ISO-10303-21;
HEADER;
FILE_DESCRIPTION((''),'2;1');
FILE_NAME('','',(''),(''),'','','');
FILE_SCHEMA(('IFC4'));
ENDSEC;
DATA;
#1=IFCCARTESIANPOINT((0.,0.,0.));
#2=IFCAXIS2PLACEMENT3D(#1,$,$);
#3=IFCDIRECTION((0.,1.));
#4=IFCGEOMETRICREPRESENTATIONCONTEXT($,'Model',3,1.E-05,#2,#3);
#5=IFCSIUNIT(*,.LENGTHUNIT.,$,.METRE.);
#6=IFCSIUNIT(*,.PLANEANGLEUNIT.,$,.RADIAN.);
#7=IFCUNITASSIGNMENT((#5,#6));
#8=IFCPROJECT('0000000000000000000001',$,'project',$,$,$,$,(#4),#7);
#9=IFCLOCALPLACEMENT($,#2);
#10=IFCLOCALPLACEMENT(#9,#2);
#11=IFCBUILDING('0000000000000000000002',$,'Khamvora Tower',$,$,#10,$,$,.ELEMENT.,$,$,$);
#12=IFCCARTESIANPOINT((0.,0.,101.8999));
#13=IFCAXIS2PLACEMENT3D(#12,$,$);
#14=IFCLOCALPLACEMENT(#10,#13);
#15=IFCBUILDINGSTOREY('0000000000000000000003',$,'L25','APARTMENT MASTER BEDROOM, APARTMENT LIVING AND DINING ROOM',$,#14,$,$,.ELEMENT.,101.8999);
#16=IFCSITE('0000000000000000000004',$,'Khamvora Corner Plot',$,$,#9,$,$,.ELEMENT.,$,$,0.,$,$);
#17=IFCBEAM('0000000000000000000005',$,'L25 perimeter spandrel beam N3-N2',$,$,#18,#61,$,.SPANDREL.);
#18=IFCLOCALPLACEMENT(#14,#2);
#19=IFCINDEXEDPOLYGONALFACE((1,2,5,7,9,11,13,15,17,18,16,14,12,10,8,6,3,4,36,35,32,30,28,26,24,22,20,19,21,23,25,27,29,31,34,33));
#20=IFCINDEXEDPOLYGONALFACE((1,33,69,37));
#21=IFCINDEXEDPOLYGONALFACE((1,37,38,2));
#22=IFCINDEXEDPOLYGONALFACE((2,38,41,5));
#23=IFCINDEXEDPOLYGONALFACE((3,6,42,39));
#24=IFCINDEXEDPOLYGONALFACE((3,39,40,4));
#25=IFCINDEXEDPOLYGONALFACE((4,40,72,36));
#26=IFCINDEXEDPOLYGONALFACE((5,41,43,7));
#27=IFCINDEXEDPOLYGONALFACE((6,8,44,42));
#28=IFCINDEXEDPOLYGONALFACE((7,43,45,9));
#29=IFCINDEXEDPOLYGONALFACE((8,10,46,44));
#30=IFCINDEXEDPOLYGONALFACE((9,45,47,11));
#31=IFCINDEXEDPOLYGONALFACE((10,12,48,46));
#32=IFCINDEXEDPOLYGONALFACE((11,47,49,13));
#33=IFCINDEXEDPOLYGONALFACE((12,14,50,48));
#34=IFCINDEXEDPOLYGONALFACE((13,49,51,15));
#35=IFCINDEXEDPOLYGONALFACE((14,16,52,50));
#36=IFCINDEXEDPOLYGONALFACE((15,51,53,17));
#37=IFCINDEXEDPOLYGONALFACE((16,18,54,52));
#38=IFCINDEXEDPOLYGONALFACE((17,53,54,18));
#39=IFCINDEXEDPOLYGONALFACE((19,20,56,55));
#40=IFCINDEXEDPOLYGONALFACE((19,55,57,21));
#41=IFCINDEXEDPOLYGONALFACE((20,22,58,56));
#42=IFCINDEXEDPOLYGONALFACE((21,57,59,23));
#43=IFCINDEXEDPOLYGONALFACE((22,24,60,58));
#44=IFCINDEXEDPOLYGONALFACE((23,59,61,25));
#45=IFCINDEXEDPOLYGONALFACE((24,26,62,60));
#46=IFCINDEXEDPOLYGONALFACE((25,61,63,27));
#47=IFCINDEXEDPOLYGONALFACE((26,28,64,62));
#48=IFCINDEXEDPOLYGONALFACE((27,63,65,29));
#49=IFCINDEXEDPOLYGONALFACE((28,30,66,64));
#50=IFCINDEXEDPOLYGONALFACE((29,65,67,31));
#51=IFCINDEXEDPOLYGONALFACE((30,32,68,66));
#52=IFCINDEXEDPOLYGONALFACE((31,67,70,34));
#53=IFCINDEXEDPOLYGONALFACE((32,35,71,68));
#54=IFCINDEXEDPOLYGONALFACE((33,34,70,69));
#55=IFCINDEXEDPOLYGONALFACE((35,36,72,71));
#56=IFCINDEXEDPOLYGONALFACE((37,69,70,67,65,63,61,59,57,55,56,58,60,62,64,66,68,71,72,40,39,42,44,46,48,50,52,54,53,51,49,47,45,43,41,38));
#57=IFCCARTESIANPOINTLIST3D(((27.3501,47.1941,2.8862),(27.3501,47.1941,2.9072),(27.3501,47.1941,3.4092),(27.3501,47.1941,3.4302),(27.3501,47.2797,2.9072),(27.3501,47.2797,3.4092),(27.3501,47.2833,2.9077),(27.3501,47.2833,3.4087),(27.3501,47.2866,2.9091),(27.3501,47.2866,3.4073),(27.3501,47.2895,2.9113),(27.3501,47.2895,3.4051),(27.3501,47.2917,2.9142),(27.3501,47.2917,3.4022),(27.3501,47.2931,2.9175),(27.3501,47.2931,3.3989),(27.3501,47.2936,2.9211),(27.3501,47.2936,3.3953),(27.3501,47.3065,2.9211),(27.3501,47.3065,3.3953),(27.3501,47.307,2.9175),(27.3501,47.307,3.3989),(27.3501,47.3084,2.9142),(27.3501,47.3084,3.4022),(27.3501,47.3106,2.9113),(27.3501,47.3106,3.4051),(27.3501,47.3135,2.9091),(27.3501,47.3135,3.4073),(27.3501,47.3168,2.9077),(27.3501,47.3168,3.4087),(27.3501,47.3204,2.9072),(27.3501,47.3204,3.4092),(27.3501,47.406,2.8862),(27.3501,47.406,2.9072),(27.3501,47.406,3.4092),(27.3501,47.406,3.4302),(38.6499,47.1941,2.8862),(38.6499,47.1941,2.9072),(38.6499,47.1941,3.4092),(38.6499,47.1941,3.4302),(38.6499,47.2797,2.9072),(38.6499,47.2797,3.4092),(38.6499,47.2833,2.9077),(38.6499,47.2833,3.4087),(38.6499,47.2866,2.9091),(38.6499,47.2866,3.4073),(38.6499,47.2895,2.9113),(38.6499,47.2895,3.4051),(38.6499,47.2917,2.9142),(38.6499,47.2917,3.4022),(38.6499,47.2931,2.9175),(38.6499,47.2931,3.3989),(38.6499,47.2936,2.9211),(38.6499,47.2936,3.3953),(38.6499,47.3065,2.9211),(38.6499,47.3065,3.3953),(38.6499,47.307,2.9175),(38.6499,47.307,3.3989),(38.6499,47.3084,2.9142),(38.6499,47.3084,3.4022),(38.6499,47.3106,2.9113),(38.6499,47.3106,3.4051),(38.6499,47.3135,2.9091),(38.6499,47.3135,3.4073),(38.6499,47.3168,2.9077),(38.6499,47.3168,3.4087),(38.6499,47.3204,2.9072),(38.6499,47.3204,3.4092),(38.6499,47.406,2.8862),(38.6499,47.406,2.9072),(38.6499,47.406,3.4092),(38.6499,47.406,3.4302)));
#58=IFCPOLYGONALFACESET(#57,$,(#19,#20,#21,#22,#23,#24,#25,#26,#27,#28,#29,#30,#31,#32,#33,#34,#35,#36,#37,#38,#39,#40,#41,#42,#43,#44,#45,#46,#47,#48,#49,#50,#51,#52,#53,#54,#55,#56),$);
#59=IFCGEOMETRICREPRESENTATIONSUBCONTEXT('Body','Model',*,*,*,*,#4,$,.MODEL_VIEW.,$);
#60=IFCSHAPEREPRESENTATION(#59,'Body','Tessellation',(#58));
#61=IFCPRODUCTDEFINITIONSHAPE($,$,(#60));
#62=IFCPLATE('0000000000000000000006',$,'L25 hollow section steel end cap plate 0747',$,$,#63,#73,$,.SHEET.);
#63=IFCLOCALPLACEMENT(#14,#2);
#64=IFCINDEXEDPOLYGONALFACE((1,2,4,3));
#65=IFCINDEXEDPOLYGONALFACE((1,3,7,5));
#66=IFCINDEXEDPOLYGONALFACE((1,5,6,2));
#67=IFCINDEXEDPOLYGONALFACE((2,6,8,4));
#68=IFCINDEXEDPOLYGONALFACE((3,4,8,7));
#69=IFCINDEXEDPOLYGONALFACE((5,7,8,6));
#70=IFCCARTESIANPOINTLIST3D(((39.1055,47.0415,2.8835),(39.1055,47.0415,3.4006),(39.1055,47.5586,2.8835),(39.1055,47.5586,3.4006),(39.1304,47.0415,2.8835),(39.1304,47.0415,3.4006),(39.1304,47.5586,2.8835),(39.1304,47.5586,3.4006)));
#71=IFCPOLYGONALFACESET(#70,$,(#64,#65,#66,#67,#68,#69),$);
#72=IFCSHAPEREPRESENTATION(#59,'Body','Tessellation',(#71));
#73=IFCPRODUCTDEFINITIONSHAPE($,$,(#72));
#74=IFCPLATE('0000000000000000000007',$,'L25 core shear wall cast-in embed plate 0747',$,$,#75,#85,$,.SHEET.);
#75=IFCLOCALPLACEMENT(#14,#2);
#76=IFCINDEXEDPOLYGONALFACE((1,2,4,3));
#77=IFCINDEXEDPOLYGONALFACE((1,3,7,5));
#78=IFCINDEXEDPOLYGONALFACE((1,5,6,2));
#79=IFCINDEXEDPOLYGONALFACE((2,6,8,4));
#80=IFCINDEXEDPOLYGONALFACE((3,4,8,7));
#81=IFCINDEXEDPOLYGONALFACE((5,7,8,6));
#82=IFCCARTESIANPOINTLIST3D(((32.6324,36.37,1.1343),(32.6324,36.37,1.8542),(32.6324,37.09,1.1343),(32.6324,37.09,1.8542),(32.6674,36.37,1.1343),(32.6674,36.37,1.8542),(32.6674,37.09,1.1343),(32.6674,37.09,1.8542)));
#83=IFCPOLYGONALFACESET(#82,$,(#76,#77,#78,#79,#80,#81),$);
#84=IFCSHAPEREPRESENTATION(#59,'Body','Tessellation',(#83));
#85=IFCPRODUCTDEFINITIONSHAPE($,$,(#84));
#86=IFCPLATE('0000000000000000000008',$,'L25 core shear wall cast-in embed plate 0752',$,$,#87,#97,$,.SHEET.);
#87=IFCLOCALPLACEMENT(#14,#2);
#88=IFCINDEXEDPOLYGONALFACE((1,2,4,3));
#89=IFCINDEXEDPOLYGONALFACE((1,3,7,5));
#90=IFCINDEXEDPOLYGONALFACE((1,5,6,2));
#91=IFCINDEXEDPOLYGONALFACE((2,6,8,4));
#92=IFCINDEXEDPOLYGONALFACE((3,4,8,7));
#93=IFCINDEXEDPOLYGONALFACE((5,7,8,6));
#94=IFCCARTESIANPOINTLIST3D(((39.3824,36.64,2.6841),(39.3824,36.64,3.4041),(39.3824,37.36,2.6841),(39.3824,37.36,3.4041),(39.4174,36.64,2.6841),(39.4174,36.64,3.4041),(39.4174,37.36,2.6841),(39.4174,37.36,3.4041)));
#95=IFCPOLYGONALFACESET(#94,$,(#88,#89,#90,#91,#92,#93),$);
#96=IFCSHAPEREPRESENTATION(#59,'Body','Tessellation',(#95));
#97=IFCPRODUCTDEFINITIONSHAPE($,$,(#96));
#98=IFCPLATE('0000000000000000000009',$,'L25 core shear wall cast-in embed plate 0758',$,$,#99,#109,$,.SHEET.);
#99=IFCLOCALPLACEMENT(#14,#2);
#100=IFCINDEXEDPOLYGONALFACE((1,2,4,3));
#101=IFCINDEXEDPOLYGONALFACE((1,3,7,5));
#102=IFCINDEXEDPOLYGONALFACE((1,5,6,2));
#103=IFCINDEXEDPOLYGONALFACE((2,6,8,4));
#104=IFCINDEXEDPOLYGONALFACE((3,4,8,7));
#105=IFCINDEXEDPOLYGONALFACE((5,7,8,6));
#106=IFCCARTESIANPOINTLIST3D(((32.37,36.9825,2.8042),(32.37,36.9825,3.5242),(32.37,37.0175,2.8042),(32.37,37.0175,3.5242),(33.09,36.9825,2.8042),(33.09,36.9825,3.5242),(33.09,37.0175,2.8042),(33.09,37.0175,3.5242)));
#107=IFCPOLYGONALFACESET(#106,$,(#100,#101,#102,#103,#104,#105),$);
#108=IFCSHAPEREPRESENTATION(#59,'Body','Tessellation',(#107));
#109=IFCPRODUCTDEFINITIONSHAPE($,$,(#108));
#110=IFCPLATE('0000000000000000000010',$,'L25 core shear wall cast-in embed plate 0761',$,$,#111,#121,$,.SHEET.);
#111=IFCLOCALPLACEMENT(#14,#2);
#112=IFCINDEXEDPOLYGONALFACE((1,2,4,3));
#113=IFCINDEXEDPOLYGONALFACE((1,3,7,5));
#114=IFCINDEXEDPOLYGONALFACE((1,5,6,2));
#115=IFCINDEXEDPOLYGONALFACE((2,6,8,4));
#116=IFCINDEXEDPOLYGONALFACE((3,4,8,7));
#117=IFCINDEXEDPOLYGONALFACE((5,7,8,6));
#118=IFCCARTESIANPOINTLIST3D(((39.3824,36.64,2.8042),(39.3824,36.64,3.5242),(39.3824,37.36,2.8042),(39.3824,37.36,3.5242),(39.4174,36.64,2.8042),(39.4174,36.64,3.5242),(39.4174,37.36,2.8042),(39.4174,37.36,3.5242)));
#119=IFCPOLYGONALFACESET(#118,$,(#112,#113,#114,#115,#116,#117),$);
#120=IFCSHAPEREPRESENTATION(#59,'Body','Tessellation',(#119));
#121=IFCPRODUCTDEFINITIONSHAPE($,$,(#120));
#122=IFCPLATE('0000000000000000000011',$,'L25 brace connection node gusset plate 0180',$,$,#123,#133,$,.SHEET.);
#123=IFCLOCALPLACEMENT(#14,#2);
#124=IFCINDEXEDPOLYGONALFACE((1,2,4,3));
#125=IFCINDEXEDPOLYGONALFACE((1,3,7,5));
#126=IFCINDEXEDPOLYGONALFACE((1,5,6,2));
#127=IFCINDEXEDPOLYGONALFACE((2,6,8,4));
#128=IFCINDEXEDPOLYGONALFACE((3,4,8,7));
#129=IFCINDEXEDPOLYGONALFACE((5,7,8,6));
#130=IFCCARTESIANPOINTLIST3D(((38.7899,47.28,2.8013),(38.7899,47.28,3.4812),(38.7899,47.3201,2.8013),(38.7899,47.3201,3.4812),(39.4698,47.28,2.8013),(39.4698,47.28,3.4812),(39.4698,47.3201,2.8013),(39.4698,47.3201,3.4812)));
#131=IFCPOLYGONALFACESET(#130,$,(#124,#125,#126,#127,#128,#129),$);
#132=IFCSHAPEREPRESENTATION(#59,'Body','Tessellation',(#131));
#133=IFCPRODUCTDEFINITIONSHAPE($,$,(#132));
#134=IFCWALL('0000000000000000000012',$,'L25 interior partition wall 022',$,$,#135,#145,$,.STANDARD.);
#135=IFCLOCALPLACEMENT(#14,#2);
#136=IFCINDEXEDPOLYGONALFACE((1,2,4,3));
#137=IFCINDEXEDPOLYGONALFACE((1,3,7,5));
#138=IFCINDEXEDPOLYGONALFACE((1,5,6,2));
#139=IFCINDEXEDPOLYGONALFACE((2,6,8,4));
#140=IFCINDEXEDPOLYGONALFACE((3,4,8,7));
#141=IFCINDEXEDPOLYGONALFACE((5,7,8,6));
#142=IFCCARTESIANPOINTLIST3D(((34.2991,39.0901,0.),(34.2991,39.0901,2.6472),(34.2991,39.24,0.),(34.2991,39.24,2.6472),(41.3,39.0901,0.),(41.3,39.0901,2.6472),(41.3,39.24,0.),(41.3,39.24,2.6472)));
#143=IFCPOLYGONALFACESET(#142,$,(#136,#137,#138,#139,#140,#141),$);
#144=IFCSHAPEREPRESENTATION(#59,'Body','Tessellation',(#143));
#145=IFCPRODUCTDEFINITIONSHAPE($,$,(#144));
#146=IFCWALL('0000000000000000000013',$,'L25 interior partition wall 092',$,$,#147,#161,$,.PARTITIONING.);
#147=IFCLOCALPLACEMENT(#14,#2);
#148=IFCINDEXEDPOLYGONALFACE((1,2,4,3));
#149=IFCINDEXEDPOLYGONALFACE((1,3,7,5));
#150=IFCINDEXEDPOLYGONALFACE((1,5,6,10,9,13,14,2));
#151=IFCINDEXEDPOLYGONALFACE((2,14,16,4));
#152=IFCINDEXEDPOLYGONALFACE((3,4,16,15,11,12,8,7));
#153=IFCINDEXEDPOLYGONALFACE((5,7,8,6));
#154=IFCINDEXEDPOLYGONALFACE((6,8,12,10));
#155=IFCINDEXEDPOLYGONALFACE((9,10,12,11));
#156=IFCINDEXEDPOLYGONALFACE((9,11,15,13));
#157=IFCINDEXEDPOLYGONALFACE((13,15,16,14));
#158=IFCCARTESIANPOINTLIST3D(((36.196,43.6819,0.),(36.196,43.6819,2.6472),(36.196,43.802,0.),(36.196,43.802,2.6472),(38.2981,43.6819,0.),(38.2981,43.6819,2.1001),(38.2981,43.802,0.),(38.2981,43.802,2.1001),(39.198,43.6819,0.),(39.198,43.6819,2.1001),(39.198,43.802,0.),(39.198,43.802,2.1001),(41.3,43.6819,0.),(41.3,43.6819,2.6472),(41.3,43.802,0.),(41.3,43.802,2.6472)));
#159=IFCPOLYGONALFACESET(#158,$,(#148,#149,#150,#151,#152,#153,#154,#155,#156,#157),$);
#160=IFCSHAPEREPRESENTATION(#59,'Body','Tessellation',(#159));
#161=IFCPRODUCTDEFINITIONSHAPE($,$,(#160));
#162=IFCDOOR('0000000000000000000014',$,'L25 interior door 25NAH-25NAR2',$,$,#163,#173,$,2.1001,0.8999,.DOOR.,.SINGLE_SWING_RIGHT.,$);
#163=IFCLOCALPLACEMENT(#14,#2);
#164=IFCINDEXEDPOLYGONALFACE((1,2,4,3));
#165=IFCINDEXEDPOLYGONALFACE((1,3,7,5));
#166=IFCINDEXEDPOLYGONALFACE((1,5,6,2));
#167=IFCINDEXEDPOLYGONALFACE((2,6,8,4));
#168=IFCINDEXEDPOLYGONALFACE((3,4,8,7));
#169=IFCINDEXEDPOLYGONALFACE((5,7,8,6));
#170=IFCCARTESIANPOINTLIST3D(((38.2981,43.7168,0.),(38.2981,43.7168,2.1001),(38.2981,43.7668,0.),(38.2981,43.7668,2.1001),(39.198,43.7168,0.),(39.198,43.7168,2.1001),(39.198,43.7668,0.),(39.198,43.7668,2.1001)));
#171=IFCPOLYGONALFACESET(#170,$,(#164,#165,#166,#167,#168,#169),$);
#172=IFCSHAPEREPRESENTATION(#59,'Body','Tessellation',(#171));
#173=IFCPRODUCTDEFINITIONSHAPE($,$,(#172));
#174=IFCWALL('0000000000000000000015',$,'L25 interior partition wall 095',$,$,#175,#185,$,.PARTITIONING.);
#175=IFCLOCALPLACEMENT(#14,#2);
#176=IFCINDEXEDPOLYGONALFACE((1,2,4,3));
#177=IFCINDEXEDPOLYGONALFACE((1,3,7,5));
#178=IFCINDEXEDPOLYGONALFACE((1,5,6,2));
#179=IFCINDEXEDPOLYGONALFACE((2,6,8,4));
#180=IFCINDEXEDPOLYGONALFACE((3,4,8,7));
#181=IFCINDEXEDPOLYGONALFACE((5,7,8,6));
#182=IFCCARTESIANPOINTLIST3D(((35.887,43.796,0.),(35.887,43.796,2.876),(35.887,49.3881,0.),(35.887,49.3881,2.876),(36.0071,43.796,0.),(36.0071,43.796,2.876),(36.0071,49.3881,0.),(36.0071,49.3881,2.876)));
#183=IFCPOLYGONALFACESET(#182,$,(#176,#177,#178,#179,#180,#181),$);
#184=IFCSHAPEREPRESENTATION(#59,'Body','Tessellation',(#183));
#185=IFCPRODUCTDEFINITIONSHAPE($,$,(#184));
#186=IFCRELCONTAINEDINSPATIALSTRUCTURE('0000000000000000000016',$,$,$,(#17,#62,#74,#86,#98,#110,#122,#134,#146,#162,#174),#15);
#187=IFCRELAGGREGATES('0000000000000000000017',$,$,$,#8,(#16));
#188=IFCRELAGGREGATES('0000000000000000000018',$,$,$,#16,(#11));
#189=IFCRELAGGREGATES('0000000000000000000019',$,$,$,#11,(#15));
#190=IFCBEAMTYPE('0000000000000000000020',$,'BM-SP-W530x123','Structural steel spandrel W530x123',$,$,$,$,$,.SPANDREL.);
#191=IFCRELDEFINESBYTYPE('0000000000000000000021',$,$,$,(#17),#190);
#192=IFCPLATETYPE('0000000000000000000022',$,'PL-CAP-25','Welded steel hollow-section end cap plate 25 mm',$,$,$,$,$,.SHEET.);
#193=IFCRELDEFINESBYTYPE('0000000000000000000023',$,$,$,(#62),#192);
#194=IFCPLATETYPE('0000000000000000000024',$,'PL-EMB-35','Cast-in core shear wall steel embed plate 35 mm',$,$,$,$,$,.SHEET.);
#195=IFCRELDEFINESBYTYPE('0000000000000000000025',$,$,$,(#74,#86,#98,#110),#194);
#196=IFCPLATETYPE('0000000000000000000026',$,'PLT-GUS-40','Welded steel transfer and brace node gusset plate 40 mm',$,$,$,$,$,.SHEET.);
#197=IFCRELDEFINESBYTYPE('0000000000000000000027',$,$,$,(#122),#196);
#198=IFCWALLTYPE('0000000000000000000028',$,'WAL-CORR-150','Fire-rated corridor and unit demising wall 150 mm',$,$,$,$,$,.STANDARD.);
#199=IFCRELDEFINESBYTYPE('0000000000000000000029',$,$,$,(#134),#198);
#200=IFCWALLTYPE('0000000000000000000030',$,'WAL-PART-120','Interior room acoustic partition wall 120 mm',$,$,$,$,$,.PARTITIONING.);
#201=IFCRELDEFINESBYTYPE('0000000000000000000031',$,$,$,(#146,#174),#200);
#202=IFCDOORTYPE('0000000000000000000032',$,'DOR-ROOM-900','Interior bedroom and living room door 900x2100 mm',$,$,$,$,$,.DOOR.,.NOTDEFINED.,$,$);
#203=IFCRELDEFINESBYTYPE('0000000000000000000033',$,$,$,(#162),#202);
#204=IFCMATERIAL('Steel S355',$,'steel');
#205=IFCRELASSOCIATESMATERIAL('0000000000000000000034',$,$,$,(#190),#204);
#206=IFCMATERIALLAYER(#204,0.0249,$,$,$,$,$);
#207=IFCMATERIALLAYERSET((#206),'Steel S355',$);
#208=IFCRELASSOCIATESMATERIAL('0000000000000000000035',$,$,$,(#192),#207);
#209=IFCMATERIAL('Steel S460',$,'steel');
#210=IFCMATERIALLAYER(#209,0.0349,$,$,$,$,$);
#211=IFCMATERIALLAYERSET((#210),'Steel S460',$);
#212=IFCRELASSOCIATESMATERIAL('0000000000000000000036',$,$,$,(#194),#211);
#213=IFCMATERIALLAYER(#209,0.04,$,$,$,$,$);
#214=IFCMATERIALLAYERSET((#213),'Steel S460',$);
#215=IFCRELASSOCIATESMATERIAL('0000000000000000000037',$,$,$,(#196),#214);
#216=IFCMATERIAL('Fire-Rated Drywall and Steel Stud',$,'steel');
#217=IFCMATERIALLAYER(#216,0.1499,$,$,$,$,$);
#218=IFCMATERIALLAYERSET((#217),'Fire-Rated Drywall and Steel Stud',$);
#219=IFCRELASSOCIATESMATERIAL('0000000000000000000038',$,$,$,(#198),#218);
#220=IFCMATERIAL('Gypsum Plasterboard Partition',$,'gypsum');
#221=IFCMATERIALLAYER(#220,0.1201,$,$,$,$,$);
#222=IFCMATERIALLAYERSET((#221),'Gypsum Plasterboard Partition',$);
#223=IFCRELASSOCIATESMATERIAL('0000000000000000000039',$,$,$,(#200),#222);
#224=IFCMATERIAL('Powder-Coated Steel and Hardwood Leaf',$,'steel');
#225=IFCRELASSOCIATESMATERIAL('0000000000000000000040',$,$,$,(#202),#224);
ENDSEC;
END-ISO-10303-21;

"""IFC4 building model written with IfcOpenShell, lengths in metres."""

from ifc_helpers import new_model, si_unit, direction, frame, frame_2d, origin, origin_2d, place, context, subcontext, project, spatial, rectangle, i_section, extrude, material, layer, layer_set, material_profile, profile_set, type_object, element, fill, save


model = new_model("IFC4")

# Units and contexts
model_context = context("Model", 3, precision=1e-05, world=origin(), true_north=direction((0.0, 1.0)))
body_context = subcontext(model_context, "Body", "Model", "MODEL_VIEW")
ifc_project = project(units=[si_unit("LENGTHUNIT", "METRE"), si_unit("PLANEANGLEUNIT", "RADIAN")], contexts=[model_context])

# Site, building, storey
site_placement = place(None, origin())
site = spatial("IfcSite", under=ifc_project, at=site_placement, Name="Khamvora Corner Plot", CompositionType="ELEMENT", RefElevation=0.0)
building_placement = place(site_placement, origin())
building = spatial("IfcBuilding", under=site, at=building_placement, Name="Khamvora Tower", CompositionType="ELEMENT")
storey_placement = place(building_placement, frame((0.0, 0.0, 101.8999)))
storey = spatial("IfcBuildingStorey", under=building, at=storey_placement, Name="L25", Description="APARTMENT MASTER BEDROOM, APARTMENT LIVING AND DINING ROOM", CompositionType="ELEMENT", Elevation=101.8999)

# Shared definitions
ifc_material_1 = material(Name="Steel S355", Category="steel")
ifc_material_2 = material(Name="Steel S460", Category="steel")

# Beam
ifc_material_profile_1 = material_profile(ifc_material_1, i_section(OverallWidth=0.2119, OverallDepth=0.5439, WebThickness=0.0129, FlangeThickness=0.021, FilletRadius=0.0139, at=origin_2d()), Name="W530x123")
ifc_profile_set_1 = profile_set([ifc_material_profile_1], Name="Steel S355")
beam_type_1 = type_object("IfcBeamType", Name="BM-SP-W530x123", Description="Structural steel spandrel W530x123", PredefinedType="SPANDREL", material=ifc_profile_set_1)
beam_1_placement = place(storey_placement, frame((38.6499, 47.3, 3.1582), z_axis=(-1.0, 0.0, 0.0), x_axis=(0.0, -1.0, 0.0)))
element("IfcBeam", 1, at=beam_1_placement, inside=storey, type_object=beam_type_1, Name="L25 perimeter spandrel beam N3-N2", PredefinedType="SPANDREL", context=body_context, shape_type="SweptSolid", body=[
    extrude(i_section(OverallWidth=0.2119, OverallDepth=0.5439, WebThickness=0.0129, FlangeThickness=0.021, FilletRadius=0.0139, at=origin_2d()), origin(), (0.0, 0.0, 1.0), 11.2998),
])

# Plates
ifc_layer_1 = layer(ifc_material_1, 0.0249)
ifc_layer_set_1 = layer_set([ifc_layer_1], Name="Steel S355")
plate_type_1 = type_object("IfcPlateType", Name="PL-CAP-25", Description="Welded steel hollow-section end cap plate 25 mm", PredefinedType="SHEET", material=ifc_layer_set_1)
plate_1_placement = place(storey_placement, frame((39.1179, 47.3, 2.8835), z_axis=(0.0, 0.0, 1.0), x_axis=(-1.0, 0.0, 0.0)))
element("IfcPlate", 2, at=plate_1_placement, inside=storey, type_object=plate_type_1, Name="L25 hollow section steel end cap plate 0747", PredefinedType="SHEET", context=body_context, shape_type="SweptSolid", body=[
    extrude(rectangle(XDim=0.0249, YDim=0.5171, at=origin_2d()), origin(), (0.0, 0.0, 1.0), 0.5171),
])
ifc_layer_2 = layer(ifc_material_2, 0.0349)
ifc_layer_set_2 = layer_set([ifc_layer_2], Name="Steel S460")
plate_type_2 = type_object("IfcPlateType", Name="PL-EMB-35", Description="Cast-in core shear wall steel embed plate 35 mm", PredefinedType="SHEET", material=ifc_layer_set_2)
for number, where, z_axis, x_axis, name in (
    (3, (32.6499, 36.73, 1.1343), (0.0, 0.0, 1.0), (1.0, 0.0, 0.0), "L25 core shear wall cast-in embed plate 0747"),
    (4, (39.3999, 37.0, 2.6841), (0.0, 0.0, 1.0), (1.0, 0.0, 0.0), "L25 core shear wall cast-in embed plate 0752"),
):
    element("IfcPlate", number, at=place(storey_placement, frame(where, z_axis=z_axis, x_axis=x_axis)), inside=storey, type_object=plate_type_2, Name=name, PredefinedType="SHEET", context=body_context, shape_type="SweptSolid", body=[
        extrude(rectangle(XDim=0.0349, YDim=0.72, at=origin_2d()), origin(), (0.0, 0.0, 1.0), 0.72),
    ])
plate_2_placement = place(storey_placement, frame((32.73, 37.0, 2.8042), z_axis=(0.0, 0.0, 1.0), x_axis=(1.0, 0.0, 0.0)))
element("IfcPlate", 5, at=plate_2_placement, inside=storey, type_object=plate_type_2, Name="L25 core shear wall cast-in embed plate 0758", PredefinedType="SHEET", context=body_context, shape_type="SweptSolid", body=[
    extrude(rectangle(XDim=0.72, YDim=0.0349, at=origin_2d()), origin(), (0.0, 0.0, 1.0), 0.72),
])
plate_3_placement = place(storey_placement, frame((39.3999, 37.0, 2.8042), z_axis=(0.0, 0.0, 1.0), x_axis=(1.0, 0.0, 0.0)))
element("IfcPlate", 6, at=plate_3_placement, inside=storey, type_object=plate_type_2, Name="L25 core shear wall cast-in embed plate 0761", PredefinedType="SHEET", context=body_context, shape_type="SweptSolid", body=[
    extrude(rectangle(XDim=0.0349, YDim=0.72, at=origin_2d()), origin(), (0.0, 0.0, 1.0), 0.72),
])
ifc_layer_3 = layer(ifc_material_2, 0.04)
ifc_layer_set_3 = layer_set([ifc_layer_3], Name="Steel S460")
plate_type_3 = type_object("IfcPlateType", Name="PLT-GUS-40", Description="Welded steel transfer and brace node gusset plate 40 mm", PredefinedType="SHEET", material=ifc_layer_set_3)
plate_4_placement = place(storey_placement, frame((39.1299, 47.3, 2.8013), z_axis=(0.0, 0.0, 1.0), x_axis=(1.0, 0.0, 0.0)))
element("IfcPlate", 7, at=plate_4_placement, inside=storey, type_object=plate_type_3, Name="L25 brace connection node gusset plate 0180", PredefinedType="SHEET", context=body_context, shape_type="SweptSolid", body=[
    extrude(rectangle(XDim=0.6799, YDim=0.04, at=origin_2d()), origin(), (0.0, 0.0, 1.0), 0.6799),
])

# Wall
ifc_material_3 = material(Name="Fire-Rated Drywall and Steel Stud", Category="steel")
ifc_layer_4 = layer(ifc_material_3, 0.1499)
ifc_layer_set_4 = layer_set([ifc_layer_4], Name="Fire-Rated Drywall and Steel Stud")
wall_type_1 = type_object("IfcWallType", Name="WAL-CORR-150", Description="Fire-rated corridor and unit demising wall 150 mm", PredefinedType="STANDARD", material=ifc_layer_set_4)
wall_1_placement = place(storey_placement, frame((34.2991, 39.165, 0.0), z_axis=(0.0, 0.0, 1.0), x_axis=(1.0, 0.0, 0.0)))
element("IfcWall", 8, at=wall_1_placement, inside=storey, type_object=wall_type_1, Name="L25 interior partition wall 022", PredefinedType="STANDARD", context=body_context, shape_type="SweptSolid", body=[
    extrude(rectangle(XDim=7.001, YDim=0.1499, at=frame_2d((3.5005, 0.0))), origin(), (0.0, 0.0, 1.0), 2.6472),
])

# Wall, opening, door
ifc_material_4 = material(Name="Gypsum Plasterboard Partition", Category="gypsum")
ifc_layer_5 = layer(ifc_material_4, 0.1201)
ifc_layer_set_5 = layer_set([ifc_layer_5], Name="Gypsum Plasterboard Partition")
wall_type_2 = type_object("IfcWallType", Name="WAL-PART-120", Description="Interior room acoustic partition wall 120 mm", PredefinedType="PARTITIONING", material=ifc_layer_set_5)
wall_2_placement = place(storey_placement, frame((36.196, 43.7419, 0.0), z_axis=(0.0, 0.0, 1.0), x_axis=(1.0, 0.0, 0.0)))
wall_2 = element("IfcWall", 9, at=wall_2_placement, inside=storey, type_object=wall_type_2, Name="L25 interior partition wall 092", PredefinedType="PARTITIONING", context=body_context, shape_type="SweptSolid", body=[
    extrude(rectangle(XDim=5.104, YDim=0.1201, at=frame_2d((2.552, 0.0))), origin(), (0.0, 0.0, 1.0), 2.6472),
])
opening_1_placement = place(wall_2_placement, frame((2.1021, 0.0, 0.0)))
opening_1 = element("IfcOpeningElement", 10, at=opening_1_placement, cuts=wall_2, PredefinedType="OPENING", context=body_context, shape_type="SweptSolid", body=[
    extrude(rectangle(XDim=0.8999, YDim=2.1001, at=frame_2d((0.45, 1.05))), frame((0.0, 0.0701, 0.0), z_axis=(0.0, -1.0, 0.0), x_axis=(1.0, 0.0, 0.0)), (0.0, 0.0, 1.0), 0.1401),
])
ifc_material_5 = material(Name="Powder-Coated Steel and Hardwood Leaf", Category="steel")
door_type_1 = type_object("IfcDoorType", Name="DOR-ROOM-900", Description="Interior bedroom and living room door 900x2100 mm", OperationType="NOTDEFINED", PredefinedType="DOOR", material=ifc_material_5)
door_1_placement = place(opening_1_placement, origin())
door_1 = element("IfcDoor", 11, at=door_1_placement, inside=storey, type_object=door_type_1, Name="L25 interior door 25NAH-25NAR2", OperationType="SINGLE_SWING_RIGHT", OverallHeight=2.1001, OverallWidth=0.8999, PredefinedType="DOOR", context=body_context, shape_type="SweptSolid", body=[
    extrude(rectangle(XDim=0.8999, YDim=2.1001, at=frame_2d((0.45, 1.05))), frame((0.0, 0.0249, 0.0), z_axis=(0.0, -1.0, 0.0), x_axis=(1.0, 0.0, 0.0)), (0.0, 0.0, 1.0), 0.05),
])
fill(opening_1, door_1)

# Wall
wall_3_placement = place(storey_placement, frame((35.947, 49.3879, 0.0), z_axis=(0.0, 0.0, 1.0), x_axis=(0.0, -1.0, 0.0)))
element("IfcWall", 12, at=wall_3_placement, inside=storey, type_object=wall_type_2, Name="L25 interior partition wall 095", PredefinedType="PARTITIONING", context=body_context, shape_type="SweptSolid", body=[
    extrude(rectangle(XDim=5.592, YDim=0.1201, at=frame_2d((2.7959, 0.0))), origin(), (0.0, 0.0, 1.0), 2.876),
])

save(model, "model.ifc")
